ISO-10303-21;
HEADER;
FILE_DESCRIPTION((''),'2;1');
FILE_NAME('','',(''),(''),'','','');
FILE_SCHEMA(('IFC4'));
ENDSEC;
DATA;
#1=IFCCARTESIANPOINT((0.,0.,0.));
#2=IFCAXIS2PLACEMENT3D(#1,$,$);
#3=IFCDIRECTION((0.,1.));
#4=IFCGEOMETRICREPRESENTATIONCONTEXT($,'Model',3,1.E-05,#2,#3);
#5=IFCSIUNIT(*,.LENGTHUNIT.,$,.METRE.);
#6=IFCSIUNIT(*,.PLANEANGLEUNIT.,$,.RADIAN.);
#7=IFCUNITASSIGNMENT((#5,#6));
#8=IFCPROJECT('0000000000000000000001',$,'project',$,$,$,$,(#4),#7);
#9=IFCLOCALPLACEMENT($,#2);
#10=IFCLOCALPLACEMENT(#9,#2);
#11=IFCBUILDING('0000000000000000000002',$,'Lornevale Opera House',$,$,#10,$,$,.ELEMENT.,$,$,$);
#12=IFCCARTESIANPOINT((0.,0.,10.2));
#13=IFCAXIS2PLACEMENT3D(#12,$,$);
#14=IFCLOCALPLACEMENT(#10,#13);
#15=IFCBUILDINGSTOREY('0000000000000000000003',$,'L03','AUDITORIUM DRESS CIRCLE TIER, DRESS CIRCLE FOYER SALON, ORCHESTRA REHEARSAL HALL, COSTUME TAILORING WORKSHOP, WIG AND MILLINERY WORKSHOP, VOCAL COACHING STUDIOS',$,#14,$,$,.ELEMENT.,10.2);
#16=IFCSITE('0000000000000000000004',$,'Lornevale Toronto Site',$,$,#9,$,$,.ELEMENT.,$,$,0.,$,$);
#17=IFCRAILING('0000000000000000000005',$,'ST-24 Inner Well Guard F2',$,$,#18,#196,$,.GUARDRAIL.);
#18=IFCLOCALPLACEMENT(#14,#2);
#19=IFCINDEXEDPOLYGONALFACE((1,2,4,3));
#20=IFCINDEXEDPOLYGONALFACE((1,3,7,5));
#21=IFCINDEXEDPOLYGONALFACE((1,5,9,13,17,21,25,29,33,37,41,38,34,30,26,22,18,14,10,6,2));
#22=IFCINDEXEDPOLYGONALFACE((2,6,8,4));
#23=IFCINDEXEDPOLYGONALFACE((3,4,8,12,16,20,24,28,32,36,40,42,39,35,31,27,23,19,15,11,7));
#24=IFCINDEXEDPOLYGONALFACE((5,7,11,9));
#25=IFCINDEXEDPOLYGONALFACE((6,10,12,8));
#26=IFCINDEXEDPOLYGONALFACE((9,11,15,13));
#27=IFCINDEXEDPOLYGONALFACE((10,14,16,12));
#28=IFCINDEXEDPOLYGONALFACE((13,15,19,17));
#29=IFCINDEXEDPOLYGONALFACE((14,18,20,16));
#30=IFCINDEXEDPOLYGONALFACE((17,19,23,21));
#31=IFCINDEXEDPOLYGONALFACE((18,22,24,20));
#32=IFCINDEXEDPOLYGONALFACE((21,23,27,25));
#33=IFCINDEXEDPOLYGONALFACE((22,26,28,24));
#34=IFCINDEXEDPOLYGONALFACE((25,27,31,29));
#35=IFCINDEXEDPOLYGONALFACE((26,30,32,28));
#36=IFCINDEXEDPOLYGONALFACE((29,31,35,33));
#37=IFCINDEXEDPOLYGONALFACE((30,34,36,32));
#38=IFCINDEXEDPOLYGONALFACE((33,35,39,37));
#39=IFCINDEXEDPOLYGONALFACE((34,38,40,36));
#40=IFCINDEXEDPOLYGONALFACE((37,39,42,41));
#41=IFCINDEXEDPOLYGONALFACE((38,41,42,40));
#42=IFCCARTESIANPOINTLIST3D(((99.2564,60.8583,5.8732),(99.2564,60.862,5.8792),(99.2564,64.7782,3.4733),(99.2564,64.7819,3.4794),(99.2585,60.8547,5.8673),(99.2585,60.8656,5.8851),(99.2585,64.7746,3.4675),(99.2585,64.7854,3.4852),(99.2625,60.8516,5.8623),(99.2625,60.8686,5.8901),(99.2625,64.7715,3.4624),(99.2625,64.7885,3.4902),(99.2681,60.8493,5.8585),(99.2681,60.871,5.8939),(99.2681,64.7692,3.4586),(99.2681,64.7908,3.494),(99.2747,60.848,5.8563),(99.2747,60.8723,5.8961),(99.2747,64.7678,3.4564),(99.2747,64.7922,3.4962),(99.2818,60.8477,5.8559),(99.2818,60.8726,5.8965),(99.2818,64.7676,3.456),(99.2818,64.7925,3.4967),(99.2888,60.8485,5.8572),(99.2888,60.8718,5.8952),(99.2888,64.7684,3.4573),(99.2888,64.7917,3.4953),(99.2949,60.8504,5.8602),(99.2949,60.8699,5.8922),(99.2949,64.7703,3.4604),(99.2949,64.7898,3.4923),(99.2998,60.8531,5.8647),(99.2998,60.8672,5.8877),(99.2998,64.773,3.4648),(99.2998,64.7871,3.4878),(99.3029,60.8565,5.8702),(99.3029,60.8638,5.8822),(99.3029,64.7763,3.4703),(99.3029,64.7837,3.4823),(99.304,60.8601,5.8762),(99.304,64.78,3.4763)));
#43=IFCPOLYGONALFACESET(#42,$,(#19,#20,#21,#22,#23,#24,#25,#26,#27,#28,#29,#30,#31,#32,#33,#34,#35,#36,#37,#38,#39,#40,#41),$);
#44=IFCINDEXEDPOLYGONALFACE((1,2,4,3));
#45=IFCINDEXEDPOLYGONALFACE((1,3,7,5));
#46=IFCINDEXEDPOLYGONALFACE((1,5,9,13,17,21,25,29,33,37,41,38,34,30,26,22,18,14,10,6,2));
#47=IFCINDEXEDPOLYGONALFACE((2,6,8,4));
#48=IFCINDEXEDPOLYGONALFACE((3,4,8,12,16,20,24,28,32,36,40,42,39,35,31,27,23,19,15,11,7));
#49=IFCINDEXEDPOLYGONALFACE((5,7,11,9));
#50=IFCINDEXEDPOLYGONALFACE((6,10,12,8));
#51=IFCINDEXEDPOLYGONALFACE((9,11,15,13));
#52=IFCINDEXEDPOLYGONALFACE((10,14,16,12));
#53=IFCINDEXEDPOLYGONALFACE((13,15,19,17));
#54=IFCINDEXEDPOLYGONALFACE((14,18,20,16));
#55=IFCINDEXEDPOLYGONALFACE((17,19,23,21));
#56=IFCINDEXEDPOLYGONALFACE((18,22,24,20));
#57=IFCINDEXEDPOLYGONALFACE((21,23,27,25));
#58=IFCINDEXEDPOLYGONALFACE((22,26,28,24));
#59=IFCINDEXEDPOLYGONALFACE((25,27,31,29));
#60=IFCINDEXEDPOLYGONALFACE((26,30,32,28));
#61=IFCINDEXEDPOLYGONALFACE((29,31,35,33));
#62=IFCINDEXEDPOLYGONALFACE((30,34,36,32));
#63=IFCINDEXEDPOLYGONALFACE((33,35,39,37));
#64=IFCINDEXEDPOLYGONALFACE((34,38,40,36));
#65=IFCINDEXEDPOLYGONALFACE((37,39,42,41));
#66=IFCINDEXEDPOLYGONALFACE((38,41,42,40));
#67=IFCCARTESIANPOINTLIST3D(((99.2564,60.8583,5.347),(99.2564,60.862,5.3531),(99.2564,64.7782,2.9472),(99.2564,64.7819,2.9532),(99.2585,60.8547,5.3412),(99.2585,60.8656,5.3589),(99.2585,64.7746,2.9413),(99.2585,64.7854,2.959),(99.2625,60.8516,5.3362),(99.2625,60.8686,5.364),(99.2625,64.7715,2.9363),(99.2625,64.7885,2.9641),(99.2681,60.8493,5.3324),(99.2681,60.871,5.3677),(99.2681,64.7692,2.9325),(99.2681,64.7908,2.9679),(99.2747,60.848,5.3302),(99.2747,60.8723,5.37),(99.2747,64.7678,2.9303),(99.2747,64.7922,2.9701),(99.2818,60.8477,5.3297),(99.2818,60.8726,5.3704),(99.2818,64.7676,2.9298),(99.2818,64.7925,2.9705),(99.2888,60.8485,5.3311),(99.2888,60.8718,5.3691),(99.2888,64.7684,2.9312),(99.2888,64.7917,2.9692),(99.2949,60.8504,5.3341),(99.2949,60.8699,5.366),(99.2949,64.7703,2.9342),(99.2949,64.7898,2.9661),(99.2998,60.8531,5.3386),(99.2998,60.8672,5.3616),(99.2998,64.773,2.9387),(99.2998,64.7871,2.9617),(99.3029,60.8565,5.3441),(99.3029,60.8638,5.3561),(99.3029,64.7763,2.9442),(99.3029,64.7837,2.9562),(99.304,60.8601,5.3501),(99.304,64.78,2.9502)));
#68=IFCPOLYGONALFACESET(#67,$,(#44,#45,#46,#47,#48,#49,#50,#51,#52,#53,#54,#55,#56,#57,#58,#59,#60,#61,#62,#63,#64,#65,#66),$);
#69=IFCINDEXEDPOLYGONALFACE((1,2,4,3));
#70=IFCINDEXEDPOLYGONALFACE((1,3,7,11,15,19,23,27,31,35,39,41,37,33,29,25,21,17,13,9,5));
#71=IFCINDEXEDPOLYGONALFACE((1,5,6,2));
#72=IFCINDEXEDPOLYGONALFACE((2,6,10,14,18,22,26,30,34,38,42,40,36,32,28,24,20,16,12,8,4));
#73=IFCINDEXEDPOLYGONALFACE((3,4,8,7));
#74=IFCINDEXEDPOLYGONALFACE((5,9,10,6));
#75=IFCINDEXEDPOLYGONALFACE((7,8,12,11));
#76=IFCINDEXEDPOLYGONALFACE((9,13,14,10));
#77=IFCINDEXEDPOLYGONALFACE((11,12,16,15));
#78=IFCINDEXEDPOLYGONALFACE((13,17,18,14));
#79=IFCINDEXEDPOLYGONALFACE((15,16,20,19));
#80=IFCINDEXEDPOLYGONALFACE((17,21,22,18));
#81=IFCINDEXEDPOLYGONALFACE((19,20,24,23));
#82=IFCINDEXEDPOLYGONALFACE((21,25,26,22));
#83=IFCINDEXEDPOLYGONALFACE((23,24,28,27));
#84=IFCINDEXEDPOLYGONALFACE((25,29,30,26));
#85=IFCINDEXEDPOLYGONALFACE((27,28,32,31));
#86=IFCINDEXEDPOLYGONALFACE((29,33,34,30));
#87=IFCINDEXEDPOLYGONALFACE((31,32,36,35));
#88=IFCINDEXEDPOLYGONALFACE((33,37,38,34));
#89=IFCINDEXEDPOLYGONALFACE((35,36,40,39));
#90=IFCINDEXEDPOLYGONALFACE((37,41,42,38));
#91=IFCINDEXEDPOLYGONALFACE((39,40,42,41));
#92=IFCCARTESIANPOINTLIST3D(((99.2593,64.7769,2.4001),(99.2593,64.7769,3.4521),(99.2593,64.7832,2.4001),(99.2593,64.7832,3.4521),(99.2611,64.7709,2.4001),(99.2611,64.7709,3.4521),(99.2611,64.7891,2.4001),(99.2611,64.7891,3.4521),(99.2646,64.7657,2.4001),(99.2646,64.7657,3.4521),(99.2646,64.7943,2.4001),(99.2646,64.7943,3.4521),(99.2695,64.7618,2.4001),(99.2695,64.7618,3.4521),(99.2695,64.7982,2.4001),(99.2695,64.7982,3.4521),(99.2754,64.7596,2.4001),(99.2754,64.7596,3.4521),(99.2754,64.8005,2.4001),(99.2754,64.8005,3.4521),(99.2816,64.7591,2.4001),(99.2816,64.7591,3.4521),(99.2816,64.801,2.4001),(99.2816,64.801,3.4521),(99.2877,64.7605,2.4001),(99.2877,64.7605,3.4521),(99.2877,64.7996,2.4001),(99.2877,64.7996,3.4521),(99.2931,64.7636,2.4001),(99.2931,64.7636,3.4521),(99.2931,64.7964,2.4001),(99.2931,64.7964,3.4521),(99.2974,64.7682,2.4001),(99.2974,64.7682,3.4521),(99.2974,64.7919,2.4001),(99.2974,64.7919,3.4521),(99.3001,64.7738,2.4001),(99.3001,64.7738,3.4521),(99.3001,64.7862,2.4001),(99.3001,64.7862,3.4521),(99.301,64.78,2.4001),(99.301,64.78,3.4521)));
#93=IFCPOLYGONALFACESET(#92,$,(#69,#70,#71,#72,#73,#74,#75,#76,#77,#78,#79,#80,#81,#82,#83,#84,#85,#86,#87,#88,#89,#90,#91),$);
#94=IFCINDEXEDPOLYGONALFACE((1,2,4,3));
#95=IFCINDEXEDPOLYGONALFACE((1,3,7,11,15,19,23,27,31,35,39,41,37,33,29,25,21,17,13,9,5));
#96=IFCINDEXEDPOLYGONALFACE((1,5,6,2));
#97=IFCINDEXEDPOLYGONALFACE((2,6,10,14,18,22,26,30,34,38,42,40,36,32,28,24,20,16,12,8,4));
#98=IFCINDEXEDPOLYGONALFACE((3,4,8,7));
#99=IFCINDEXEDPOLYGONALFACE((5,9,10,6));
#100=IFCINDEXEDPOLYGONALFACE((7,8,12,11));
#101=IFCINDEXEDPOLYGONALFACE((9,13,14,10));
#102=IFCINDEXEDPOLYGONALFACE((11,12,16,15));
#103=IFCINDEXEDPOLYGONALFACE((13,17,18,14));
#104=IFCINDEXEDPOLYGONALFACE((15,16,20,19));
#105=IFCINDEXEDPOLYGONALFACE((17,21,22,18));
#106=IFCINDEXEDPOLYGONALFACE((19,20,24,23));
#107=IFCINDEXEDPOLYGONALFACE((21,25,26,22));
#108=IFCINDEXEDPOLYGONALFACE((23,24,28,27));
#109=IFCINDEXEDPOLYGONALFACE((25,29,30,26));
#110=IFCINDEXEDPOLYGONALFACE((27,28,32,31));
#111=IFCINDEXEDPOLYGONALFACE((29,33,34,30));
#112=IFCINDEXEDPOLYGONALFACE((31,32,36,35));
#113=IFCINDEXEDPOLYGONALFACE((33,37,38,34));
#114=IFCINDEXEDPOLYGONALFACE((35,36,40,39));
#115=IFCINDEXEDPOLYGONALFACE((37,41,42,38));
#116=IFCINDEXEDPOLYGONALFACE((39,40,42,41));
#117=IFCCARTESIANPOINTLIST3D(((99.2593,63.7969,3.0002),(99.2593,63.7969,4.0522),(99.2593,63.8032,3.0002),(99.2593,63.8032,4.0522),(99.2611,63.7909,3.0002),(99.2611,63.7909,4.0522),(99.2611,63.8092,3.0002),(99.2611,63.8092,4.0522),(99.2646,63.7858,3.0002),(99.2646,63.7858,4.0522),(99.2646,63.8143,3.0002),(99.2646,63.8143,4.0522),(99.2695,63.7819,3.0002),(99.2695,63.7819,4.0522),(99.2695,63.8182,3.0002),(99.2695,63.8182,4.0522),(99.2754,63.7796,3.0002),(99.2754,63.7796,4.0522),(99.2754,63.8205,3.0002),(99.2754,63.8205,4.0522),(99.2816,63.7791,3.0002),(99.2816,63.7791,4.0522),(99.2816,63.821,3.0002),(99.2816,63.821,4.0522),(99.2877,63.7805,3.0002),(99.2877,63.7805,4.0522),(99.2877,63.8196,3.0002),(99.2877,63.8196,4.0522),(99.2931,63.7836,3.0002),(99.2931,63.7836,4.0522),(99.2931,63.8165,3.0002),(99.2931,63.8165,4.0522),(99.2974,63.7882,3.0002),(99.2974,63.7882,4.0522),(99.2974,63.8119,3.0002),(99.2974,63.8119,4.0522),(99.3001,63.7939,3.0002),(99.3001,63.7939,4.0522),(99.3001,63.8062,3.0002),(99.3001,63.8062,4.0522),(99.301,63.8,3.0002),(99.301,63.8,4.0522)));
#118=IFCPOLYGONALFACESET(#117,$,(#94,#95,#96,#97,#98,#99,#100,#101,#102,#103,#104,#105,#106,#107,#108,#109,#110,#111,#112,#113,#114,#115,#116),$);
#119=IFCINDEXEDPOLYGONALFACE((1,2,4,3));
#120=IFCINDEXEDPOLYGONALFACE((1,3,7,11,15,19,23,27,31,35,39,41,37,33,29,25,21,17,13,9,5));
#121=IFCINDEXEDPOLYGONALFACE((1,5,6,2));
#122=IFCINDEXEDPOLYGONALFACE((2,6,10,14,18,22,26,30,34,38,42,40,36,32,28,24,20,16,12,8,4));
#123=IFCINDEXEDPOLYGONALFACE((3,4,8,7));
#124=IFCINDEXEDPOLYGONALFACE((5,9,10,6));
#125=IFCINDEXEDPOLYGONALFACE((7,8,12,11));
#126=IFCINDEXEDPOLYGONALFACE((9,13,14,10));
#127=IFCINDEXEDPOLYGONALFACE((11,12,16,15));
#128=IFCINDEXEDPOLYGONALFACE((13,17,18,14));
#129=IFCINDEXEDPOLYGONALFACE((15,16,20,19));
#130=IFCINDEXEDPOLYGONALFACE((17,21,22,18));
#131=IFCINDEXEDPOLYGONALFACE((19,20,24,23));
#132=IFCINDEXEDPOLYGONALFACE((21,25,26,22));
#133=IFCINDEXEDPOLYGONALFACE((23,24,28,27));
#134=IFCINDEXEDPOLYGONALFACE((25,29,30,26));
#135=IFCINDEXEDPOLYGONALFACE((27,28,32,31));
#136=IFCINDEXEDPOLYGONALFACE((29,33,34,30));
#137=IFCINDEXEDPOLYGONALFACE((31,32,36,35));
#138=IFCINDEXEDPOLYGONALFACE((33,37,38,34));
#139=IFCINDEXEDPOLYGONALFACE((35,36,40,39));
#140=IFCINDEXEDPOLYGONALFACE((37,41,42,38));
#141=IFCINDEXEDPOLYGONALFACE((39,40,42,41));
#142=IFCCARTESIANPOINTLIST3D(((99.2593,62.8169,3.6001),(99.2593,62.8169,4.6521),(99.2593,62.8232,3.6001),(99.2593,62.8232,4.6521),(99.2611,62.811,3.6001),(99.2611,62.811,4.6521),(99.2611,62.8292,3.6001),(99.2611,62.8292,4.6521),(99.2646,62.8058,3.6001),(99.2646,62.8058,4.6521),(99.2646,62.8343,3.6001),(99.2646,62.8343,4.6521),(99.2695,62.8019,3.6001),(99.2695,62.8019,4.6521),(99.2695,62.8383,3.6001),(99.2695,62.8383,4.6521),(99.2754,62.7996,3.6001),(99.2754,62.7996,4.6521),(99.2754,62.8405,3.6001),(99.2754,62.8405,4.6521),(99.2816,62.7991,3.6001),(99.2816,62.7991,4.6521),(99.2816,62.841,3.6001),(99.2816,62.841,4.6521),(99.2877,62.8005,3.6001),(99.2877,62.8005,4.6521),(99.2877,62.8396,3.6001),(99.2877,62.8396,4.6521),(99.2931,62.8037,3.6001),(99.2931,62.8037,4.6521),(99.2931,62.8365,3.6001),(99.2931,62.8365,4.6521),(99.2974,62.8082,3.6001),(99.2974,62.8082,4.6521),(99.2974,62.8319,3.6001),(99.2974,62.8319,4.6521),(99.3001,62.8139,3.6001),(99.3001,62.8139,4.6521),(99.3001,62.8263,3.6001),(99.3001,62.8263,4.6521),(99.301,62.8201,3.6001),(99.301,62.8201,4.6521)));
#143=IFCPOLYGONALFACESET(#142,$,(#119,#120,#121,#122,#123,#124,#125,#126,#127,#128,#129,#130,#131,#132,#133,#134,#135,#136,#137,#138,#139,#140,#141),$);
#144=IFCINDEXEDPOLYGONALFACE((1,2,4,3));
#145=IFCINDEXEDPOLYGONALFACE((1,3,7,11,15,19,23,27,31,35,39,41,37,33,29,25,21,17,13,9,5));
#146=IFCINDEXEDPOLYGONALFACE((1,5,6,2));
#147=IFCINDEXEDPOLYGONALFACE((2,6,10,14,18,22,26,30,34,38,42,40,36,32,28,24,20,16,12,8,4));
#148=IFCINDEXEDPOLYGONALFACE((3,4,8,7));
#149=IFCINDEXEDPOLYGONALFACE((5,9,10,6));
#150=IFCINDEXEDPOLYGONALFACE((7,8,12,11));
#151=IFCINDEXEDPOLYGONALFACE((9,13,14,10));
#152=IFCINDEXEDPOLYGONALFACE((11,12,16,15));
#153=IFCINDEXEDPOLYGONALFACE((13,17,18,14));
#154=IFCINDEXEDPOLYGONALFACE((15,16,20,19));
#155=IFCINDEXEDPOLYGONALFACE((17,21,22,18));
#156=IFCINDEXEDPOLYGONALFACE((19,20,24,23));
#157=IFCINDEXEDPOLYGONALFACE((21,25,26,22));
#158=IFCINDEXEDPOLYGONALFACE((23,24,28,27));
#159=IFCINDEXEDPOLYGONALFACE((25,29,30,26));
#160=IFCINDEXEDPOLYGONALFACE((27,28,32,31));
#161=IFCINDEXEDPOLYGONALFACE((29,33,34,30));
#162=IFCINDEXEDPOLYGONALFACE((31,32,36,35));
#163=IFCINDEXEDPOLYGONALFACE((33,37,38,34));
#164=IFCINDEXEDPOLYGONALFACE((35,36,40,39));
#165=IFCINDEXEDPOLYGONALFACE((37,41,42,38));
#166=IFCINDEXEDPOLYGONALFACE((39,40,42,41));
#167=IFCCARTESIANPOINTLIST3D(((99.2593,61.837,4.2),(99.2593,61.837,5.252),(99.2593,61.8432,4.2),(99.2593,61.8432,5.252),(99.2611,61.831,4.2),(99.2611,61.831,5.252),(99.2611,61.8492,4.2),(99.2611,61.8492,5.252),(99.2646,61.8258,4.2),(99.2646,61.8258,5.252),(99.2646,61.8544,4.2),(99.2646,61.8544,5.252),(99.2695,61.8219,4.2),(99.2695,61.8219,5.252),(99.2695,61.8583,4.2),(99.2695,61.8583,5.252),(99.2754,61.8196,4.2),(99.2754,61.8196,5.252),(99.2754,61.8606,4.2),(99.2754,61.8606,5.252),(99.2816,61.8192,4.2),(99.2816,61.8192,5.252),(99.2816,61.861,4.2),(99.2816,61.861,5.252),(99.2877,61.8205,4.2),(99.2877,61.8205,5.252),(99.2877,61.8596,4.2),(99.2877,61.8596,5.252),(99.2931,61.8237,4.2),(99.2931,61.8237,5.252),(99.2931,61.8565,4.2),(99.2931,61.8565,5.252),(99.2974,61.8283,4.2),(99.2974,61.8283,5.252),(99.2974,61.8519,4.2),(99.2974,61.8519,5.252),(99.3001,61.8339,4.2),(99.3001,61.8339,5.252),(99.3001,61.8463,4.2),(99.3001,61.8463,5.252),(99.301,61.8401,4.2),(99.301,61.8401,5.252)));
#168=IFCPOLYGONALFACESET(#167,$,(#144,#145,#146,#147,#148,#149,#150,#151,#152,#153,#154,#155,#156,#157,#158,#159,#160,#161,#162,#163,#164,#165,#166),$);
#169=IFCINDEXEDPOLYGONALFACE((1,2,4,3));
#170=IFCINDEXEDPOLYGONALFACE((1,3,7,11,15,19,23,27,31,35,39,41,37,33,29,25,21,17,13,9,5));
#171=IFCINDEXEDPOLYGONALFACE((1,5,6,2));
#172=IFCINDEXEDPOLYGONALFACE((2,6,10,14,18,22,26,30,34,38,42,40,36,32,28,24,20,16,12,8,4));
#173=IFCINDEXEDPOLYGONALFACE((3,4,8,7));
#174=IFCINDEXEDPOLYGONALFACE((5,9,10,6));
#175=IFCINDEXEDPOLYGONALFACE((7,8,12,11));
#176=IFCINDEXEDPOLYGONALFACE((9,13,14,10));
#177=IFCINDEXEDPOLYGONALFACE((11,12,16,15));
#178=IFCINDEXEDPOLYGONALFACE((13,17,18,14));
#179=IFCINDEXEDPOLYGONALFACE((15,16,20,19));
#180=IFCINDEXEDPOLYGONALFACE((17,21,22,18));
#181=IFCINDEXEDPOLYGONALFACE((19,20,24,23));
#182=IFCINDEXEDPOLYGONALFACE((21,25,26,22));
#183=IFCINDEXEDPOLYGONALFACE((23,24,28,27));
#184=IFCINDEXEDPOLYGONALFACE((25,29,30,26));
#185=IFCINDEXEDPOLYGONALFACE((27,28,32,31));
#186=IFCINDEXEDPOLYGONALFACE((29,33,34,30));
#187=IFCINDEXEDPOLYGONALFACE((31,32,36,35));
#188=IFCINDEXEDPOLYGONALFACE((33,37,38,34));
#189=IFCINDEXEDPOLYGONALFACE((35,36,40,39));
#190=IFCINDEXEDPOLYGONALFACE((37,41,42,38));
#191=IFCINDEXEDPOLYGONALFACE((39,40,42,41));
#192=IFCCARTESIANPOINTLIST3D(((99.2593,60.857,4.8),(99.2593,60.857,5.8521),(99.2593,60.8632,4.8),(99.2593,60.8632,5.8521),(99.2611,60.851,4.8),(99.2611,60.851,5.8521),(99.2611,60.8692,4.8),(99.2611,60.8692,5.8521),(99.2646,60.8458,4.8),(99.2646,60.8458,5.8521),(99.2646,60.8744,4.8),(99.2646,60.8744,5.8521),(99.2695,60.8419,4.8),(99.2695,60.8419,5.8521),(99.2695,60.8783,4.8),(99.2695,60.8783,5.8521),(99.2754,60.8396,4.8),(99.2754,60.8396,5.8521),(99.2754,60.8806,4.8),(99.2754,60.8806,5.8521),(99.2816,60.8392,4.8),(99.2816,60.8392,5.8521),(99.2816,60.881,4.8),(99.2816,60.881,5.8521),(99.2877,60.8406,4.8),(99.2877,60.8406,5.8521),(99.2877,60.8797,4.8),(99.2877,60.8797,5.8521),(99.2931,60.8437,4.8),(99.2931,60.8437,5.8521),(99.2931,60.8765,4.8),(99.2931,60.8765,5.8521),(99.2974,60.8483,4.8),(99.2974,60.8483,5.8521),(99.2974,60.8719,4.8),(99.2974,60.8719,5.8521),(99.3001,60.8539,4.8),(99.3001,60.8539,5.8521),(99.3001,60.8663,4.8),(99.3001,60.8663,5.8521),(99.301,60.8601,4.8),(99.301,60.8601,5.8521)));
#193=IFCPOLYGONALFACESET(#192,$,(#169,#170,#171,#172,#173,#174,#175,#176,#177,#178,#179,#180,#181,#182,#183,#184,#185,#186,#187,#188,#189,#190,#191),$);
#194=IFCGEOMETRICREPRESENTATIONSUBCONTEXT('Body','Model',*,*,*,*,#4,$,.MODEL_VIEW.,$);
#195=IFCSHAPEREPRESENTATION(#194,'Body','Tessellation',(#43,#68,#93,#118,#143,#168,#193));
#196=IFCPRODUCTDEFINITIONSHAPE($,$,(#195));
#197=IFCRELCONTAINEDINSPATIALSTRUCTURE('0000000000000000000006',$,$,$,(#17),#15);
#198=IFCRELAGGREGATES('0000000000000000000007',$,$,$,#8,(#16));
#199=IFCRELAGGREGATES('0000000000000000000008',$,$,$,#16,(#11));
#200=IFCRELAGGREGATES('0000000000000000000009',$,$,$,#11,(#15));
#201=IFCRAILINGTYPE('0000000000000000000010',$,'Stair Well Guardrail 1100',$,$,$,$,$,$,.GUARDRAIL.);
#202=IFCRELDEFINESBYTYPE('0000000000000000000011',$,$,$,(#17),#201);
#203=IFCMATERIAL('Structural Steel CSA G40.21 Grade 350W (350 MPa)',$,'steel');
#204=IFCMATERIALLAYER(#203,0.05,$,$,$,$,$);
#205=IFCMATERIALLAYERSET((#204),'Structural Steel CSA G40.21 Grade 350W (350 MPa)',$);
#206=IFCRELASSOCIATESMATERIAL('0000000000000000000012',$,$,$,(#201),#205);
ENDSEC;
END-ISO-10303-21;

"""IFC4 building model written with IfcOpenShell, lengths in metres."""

from ifc_helpers import new_model, si_unit, direction, frame, origin, origin_2d, place, context, subcontext, project, spatial, circle, extrude, material, layer, layer_set, type_object, element, save


model = new_model("IFC4")

# Units and contexts
model_context = context("Model", 3, precision=1e-05, world=origin(), true_north=direction((0.0, 1.0)))
body_context = subcontext(model_context, "Body", "Model", "MODEL_VIEW")
ifc_project = project(units=[si_unit("LENGTHUNIT", "METRE"), si_unit("PLANEANGLEUNIT", "RADIAN")], contexts=[model_context])

# Site, building, storey
site_placement = place(None, origin())
site = spatial("IfcSite", under=ifc_project, at=site_placement, Name="Lornevale Toronto Site", CompositionType="ELEMENT", RefElevation=0.0)
building_placement = place(site_placement, origin())
building = spatial("IfcBuilding", under=site, at=building_placement, Name="Lornevale Opera House", CompositionType="ELEMENT")
storey_placement = place(building_placement, frame((0.0, 0.0, 10.2)))
storey = spatial("IfcBuildingStorey", under=building, at=storey_placement, Name="L03", Description="AUDITORIUM DRESS CIRCLE TIER, DRESS CIRCLE FOYER SALON, ORCHESTRA REHEARSAL HALL, COSTUME TAILORING WORKSHOP, WIG AND MILLINERY WORKSHOP, VOCAL COACHING STUDIOS", CompositionType="ELEMENT", Elevation=10.2)

# Shared definitions
ifc_material_1 = material(Name="Structural Steel CSA G40.21 Grade 350W (350 MPa)", Category="steel")

# Railing
ifc_layer_1 = layer(ifc_material_1, 0.05)
ifc_layer_set_1 = layer_set([ifc_layer_1], Name="Structural Steel CSA G40.21 Grade 350W (350 MPa)")
railing_type_1 = type_object("IfcRailingType", Name="Stair Well Guardrail 1100", PredefinedType="GUARDRAIL", material=ifc_layer_set_1)
railing_1_placement = place(storey_placement, frame((99.28, 64.78, 2.4001)))
element("IfcRailing", 1, at=railing_1_placement, inside=storey, type_object=railing_type_1, Name="ST-24 Inner Well Guard F2", PredefinedType="GUARDRAIL", context=body_context, shape_type="SweptSolid", body=[
    extrude(circle(Radius=0.0239, at=origin_2d()), frame((0.0, 0.0, 1.0762), z_axis=(0.0, -0.852856, 0.522146), x_axis=(1.0, 0.0, 0.0)), (0.0, 0.0, 1.0), 4.5962),
    extrude(circle(Radius=0.0239, at=origin_2d()), frame((0.0, 0.0, 0.55), z_axis=(0.0, -0.852856, 0.522146), x_axis=(1.0, 0.0, 0.0)), (0.0, 0.0, 1.0), 4.5962),
    extrude(circle(Radius=0.021, at=origin_2d()), origin(), (0.0, 0.0, 1.0), 1.052),
    extrude(circle(Radius=0.021, at=origin_2d()), frame((0.0, -0.98, 0.6001)), (0.0, 0.0, 1.0), 1.052),
    extrude(circle(Radius=0.021, at=origin_2d()), frame((0.0, -1.96, 1.2)), (0.0, 0.0, 1.0), 1.052),
    extrude(circle(Radius=0.021, at=origin_2d()), frame((0.0, -2.9399, 1.7998)), (0.0, 0.0, 1.0), 1.052),
    extrude(circle(Radius=0.021, at=origin_2d()), frame((0.0, -3.9199, 2.3999)), (0.0, 0.0, 1.0), 1.052),
])

save(model, "model.ifc")
